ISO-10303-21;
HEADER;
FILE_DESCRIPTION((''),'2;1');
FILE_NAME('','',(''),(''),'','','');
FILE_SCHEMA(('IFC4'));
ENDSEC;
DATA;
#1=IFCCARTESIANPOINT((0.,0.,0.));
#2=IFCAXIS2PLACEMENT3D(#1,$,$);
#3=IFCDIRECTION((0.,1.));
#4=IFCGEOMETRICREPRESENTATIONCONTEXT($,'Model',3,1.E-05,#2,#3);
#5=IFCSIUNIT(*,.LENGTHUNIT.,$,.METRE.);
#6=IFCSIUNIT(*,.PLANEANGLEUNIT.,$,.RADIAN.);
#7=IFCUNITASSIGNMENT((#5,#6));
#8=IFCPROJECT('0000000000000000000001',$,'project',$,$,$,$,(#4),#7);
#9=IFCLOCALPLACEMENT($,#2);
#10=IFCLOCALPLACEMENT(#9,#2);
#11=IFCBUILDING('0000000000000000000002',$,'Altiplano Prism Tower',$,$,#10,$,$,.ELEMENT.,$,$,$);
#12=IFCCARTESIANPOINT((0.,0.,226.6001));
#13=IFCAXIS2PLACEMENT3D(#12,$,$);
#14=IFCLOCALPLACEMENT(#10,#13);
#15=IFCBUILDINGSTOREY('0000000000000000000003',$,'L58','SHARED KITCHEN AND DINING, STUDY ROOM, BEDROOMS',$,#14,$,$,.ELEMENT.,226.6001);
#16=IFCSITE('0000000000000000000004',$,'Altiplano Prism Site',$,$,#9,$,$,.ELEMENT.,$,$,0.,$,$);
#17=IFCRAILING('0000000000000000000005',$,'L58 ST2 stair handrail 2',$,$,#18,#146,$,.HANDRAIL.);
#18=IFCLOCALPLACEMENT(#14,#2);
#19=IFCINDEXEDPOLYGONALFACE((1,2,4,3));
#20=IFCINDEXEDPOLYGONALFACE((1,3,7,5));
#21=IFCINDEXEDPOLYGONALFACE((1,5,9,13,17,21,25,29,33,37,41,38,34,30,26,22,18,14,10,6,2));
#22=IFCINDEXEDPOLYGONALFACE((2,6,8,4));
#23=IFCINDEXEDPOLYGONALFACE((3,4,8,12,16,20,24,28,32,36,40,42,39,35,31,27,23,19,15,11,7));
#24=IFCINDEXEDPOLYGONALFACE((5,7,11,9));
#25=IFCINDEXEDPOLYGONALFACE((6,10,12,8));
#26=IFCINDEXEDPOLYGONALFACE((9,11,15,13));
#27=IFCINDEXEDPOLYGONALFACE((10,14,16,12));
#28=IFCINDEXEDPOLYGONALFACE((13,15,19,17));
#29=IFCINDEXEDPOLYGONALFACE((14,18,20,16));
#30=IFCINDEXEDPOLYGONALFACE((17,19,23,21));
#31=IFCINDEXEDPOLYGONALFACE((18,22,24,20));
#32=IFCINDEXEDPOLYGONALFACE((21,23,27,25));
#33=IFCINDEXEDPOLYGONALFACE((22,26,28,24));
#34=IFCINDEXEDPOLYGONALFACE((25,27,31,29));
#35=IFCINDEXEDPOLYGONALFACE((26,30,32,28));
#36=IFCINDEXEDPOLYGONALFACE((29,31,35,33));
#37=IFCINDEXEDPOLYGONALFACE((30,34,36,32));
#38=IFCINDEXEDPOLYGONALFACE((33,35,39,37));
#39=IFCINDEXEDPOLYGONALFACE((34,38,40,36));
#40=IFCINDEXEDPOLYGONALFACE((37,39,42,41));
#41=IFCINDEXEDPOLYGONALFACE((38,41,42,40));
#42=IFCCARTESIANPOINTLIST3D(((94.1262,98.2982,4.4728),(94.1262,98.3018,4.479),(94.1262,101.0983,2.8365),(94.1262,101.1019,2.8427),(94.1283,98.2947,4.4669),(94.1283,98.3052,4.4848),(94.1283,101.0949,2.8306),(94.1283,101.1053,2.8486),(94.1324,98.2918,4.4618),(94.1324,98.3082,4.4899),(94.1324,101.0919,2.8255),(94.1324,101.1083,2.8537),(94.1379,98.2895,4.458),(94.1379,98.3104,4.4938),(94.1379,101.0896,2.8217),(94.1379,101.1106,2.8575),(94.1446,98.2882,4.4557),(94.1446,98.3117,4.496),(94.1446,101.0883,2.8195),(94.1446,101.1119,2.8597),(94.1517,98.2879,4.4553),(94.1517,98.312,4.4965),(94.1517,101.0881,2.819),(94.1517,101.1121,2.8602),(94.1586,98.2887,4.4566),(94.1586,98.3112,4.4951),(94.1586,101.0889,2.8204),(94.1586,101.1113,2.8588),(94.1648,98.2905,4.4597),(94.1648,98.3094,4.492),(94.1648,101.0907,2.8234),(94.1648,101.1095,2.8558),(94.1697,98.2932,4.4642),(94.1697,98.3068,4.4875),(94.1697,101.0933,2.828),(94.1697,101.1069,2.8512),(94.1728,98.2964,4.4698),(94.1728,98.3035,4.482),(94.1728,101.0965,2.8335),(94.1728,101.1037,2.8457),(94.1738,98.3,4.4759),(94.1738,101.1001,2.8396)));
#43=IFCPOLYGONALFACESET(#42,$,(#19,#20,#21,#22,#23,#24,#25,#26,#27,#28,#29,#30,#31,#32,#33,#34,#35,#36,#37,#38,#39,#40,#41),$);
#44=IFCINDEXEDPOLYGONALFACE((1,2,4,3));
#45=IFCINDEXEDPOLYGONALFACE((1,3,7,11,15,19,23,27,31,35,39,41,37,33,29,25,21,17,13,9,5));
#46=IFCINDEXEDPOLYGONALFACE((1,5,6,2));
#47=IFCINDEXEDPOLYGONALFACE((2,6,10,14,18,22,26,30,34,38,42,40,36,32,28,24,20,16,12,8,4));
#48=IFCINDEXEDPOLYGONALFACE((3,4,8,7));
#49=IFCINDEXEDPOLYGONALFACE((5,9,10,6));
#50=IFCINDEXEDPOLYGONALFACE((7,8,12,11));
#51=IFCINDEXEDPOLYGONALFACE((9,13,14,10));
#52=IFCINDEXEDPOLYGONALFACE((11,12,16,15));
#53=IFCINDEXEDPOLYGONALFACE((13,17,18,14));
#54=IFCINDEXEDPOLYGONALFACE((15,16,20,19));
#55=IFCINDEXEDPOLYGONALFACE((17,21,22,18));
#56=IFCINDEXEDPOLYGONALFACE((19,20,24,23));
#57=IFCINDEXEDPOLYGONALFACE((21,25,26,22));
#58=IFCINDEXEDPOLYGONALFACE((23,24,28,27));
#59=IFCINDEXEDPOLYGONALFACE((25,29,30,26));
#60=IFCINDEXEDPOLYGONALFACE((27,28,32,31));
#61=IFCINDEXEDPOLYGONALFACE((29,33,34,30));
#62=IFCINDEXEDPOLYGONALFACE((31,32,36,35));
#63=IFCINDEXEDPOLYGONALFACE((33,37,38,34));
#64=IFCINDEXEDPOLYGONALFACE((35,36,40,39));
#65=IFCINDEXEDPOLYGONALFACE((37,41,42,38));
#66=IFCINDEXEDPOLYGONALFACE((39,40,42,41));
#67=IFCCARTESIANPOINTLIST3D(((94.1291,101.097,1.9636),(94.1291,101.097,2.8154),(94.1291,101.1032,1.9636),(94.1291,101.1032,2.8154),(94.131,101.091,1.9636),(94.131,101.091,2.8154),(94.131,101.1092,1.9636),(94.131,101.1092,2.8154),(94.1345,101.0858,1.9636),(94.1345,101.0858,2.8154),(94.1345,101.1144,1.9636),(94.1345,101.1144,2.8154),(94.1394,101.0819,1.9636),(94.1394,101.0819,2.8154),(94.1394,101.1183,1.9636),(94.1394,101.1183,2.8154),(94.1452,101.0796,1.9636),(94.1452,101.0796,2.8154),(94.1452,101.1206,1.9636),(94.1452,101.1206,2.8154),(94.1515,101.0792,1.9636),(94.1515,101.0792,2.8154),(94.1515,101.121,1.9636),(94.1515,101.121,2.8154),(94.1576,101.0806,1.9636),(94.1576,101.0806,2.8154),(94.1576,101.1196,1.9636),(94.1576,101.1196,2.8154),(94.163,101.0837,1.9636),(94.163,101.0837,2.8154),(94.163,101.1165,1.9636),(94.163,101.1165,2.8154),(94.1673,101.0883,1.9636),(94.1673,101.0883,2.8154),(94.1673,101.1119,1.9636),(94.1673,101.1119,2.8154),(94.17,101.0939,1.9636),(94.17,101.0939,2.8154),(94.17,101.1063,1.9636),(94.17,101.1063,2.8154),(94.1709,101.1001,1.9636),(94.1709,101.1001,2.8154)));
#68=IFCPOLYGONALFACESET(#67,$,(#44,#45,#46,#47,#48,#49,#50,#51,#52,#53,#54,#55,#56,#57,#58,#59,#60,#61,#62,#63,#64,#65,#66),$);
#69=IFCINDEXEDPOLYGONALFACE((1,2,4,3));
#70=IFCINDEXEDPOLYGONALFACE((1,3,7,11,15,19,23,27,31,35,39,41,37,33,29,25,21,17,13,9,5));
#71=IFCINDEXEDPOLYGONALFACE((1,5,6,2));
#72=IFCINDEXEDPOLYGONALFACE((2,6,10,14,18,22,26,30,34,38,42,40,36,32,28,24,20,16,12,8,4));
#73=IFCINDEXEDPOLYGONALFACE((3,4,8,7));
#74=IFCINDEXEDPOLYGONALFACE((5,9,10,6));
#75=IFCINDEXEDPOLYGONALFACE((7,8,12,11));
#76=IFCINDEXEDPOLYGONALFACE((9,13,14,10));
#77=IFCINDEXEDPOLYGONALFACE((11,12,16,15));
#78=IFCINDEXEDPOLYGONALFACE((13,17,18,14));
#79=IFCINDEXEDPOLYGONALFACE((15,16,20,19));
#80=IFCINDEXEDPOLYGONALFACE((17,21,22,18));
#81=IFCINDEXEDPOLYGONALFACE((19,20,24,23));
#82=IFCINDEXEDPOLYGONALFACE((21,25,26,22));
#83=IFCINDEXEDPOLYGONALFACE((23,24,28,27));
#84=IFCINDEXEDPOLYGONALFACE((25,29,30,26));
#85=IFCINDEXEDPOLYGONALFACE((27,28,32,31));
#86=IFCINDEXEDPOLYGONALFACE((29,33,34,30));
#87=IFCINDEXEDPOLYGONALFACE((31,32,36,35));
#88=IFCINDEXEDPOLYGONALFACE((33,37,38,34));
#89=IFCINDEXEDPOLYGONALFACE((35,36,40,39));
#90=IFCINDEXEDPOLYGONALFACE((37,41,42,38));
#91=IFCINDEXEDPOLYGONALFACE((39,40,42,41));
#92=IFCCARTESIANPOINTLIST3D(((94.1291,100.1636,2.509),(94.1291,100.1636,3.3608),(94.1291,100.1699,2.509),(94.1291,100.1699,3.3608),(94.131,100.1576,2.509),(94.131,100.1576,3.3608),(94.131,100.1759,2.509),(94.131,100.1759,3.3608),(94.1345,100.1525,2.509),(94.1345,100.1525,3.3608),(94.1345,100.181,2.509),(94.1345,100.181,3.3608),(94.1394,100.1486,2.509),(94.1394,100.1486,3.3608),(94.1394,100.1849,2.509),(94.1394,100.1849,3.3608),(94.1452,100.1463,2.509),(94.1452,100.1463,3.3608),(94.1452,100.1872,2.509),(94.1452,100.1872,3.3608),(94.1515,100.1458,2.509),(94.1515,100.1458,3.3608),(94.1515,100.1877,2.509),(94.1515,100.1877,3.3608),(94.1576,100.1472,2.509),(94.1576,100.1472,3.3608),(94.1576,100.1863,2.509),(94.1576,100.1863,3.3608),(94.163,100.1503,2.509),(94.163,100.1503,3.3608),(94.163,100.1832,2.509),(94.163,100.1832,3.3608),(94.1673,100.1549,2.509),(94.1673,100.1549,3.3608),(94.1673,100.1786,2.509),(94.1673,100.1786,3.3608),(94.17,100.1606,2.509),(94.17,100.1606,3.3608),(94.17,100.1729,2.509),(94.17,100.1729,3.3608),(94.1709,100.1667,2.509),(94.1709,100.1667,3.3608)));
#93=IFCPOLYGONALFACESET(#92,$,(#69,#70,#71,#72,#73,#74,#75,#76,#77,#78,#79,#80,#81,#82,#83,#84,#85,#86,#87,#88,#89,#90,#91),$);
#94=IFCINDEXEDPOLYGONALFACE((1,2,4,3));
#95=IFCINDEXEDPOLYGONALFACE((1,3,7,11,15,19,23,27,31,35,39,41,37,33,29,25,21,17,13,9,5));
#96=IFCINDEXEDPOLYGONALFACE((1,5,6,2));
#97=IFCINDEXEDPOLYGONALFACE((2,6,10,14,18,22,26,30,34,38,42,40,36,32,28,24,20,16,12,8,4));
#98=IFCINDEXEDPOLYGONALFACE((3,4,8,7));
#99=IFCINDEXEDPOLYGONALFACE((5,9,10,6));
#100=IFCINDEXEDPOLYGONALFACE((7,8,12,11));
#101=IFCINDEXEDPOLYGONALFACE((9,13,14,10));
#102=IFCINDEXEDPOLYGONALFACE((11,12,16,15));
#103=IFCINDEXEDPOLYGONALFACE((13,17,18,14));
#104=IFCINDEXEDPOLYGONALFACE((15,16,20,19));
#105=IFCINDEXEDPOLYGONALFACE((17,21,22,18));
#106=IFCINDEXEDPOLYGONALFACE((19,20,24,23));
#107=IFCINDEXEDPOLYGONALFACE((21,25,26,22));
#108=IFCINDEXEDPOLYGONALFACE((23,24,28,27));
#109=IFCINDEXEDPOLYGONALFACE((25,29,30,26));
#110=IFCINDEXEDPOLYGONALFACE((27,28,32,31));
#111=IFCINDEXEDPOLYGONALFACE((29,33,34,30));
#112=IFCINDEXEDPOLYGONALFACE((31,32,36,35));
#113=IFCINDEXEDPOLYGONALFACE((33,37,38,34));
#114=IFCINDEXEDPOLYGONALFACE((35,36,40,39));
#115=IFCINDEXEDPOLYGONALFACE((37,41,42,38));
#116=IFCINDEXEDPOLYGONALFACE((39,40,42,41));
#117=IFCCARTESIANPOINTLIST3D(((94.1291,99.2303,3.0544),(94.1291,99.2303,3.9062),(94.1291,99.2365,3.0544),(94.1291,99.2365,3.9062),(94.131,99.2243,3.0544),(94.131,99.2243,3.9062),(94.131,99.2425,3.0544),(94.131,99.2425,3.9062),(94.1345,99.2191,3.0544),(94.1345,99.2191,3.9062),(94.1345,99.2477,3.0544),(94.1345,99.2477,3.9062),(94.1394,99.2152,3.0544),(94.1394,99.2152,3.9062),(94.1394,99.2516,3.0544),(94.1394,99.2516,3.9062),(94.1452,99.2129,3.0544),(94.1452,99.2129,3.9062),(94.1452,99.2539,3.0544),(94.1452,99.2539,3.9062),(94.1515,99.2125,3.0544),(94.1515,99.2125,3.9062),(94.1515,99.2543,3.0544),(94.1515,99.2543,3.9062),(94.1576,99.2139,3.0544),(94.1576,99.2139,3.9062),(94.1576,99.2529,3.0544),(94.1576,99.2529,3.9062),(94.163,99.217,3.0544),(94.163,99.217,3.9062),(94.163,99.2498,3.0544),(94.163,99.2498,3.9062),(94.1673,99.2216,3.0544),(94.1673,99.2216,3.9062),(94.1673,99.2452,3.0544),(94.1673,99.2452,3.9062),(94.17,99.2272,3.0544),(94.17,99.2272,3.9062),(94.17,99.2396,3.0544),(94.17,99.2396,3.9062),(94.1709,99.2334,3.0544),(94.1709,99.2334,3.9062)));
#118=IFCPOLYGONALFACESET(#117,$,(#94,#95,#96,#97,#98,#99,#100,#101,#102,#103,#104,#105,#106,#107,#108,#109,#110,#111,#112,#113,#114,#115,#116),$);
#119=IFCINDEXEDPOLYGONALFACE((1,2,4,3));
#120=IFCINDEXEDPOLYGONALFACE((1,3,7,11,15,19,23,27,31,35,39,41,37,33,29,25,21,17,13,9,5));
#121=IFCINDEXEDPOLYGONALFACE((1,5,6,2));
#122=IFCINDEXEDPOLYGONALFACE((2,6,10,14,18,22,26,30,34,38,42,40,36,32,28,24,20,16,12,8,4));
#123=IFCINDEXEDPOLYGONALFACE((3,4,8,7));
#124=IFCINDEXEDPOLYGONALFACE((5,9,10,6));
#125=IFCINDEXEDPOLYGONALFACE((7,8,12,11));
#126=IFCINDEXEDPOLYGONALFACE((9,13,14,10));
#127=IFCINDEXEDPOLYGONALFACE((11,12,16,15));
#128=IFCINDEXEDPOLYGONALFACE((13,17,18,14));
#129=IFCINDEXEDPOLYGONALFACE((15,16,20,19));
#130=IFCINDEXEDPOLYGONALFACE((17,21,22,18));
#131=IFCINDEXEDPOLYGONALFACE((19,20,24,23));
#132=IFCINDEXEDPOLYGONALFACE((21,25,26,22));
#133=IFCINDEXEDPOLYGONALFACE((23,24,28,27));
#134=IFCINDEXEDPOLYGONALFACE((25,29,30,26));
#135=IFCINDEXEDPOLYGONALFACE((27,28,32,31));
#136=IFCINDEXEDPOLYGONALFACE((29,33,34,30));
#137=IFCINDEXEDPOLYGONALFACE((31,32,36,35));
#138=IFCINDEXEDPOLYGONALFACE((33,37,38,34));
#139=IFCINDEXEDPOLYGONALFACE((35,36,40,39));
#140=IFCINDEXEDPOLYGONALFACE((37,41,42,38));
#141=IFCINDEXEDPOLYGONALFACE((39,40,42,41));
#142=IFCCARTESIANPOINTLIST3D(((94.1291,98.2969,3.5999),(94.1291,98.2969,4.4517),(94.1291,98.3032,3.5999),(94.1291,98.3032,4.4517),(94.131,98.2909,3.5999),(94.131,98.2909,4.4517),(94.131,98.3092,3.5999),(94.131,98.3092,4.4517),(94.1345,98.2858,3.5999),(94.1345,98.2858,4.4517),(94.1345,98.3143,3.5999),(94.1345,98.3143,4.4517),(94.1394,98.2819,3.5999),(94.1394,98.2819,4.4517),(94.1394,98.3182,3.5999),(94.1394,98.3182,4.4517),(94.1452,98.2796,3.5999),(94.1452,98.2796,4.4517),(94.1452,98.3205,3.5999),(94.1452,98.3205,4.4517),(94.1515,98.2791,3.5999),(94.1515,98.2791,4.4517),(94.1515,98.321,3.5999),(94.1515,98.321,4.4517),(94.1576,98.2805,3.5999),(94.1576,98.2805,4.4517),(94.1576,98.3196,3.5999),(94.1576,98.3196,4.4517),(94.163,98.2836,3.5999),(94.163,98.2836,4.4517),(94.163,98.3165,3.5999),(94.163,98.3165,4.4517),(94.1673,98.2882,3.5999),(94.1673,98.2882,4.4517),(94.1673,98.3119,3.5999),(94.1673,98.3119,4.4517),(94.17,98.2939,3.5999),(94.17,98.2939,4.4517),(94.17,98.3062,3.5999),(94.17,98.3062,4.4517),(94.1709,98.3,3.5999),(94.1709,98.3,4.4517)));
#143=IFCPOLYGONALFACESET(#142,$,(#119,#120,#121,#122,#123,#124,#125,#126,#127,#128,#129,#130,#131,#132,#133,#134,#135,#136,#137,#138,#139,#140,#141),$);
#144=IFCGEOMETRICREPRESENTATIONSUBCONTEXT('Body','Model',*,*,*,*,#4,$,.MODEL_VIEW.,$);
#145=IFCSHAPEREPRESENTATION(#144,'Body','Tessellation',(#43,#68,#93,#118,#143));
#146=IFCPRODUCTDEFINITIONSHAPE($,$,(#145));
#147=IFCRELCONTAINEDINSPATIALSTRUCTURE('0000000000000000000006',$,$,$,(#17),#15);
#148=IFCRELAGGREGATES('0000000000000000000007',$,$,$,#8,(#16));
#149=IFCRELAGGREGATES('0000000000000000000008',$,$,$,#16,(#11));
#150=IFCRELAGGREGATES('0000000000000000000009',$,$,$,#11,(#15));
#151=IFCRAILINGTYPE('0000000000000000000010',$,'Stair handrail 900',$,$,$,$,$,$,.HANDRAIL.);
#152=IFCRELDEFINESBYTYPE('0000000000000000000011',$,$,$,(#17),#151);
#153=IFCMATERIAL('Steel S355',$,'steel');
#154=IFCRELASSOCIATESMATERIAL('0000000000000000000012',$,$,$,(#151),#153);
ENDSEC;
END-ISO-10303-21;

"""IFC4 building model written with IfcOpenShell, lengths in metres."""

from ifc_helpers import new_model, si_unit, direction, frame, origin, origin_2d, place, context, subcontext, project, spatial, circle, extrude, material, type_object, element, save


model = new_model("IFC4")

# Units and contexts
model_context = context("Model", 3, precision=1e-05, world=origin(), true_north=direction((0.0, 1.0)))
body_context = subcontext(model_context, "Body", "Model", "MODEL_VIEW")
ifc_project = project(units=[si_unit("LENGTHUNIT", "METRE"), si_unit("PLANEANGLEUNIT", "RADIAN")], contexts=[model_context])

# Site, building, storey
site_placement = place(None, origin())
site = spatial("IfcSite", under=ifc_project, at=site_placement, Name="Altiplano Prism Site", CompositionType="ELEMENT", RefElevation=0.0)
building_placement = place(site_placement, origin())
building = spatial("IfcBuilding", under=site, at=building_placement, Name="Altiplano Prism Tower", CompositionType="ELEMENT")
storey_placement = place(building_placement, frame((0.0, 0.0, 226.6001)))
storey = spatial("IfcBuildingStorey", under=building, at=storey_placement, Name="L58", Description="SHARED KITCHEN AND DINING, STUDY ROOM, BEDROOMS", CompositionType="ELEMENT", Elevation=226.6001)

# Railing
ifc_material_1 = material(Name="Steel S355", Category="steel")
railing_type = type_object("IfcRailingType", Name="Stair handrail 900", PredefinedType="HANDRAIL", material=ifc_material_1)
railing_placement = place(storey_placement, frame((94.1499, 101.1001, 1.9636)))
element("IfcRailing", 1, at=railing_placement, inside=storey, type_object=railing_type, Name="L58 ST2 stair handrail 2", PredefinedType="HANDRAIL", context=body_context, shape_type="SweptSolid", body=[
    extrude(circle(Radius=0.0239, at=origin_2d()), frame((0.0, 0.0, 0.876), z_axis=(0.0, -0.863394, 0.504531), x_axis=(1.0, 0.0, 0.0)), (0.0, 0.0, 1.0), 3.2432),
    extrude(circle(Radius=0.021, at=origin_2d()), origin(), (0.0, 0.0, 1.0), 0.8518),
    extrude(circle(Radius=0.021, at=origin_2d()), frame((0.0, -0.9333, 0.5454)), (0.0, 0.0, 1.0), 0.8518),
    extrude(circle(Radius=0.021, at=origin_2d()), frame((0.0, -1.8667, 1.0908)), (0.0, 0.0, 1.0), 0.8518),
    extrude(circle(Radius=0.021, at=origin_2d()), frame((0.0, -2.8, 1.6362)), (0.0, 0.0, 1.0), 0.8518),
])

save(model, "model.ifc")
